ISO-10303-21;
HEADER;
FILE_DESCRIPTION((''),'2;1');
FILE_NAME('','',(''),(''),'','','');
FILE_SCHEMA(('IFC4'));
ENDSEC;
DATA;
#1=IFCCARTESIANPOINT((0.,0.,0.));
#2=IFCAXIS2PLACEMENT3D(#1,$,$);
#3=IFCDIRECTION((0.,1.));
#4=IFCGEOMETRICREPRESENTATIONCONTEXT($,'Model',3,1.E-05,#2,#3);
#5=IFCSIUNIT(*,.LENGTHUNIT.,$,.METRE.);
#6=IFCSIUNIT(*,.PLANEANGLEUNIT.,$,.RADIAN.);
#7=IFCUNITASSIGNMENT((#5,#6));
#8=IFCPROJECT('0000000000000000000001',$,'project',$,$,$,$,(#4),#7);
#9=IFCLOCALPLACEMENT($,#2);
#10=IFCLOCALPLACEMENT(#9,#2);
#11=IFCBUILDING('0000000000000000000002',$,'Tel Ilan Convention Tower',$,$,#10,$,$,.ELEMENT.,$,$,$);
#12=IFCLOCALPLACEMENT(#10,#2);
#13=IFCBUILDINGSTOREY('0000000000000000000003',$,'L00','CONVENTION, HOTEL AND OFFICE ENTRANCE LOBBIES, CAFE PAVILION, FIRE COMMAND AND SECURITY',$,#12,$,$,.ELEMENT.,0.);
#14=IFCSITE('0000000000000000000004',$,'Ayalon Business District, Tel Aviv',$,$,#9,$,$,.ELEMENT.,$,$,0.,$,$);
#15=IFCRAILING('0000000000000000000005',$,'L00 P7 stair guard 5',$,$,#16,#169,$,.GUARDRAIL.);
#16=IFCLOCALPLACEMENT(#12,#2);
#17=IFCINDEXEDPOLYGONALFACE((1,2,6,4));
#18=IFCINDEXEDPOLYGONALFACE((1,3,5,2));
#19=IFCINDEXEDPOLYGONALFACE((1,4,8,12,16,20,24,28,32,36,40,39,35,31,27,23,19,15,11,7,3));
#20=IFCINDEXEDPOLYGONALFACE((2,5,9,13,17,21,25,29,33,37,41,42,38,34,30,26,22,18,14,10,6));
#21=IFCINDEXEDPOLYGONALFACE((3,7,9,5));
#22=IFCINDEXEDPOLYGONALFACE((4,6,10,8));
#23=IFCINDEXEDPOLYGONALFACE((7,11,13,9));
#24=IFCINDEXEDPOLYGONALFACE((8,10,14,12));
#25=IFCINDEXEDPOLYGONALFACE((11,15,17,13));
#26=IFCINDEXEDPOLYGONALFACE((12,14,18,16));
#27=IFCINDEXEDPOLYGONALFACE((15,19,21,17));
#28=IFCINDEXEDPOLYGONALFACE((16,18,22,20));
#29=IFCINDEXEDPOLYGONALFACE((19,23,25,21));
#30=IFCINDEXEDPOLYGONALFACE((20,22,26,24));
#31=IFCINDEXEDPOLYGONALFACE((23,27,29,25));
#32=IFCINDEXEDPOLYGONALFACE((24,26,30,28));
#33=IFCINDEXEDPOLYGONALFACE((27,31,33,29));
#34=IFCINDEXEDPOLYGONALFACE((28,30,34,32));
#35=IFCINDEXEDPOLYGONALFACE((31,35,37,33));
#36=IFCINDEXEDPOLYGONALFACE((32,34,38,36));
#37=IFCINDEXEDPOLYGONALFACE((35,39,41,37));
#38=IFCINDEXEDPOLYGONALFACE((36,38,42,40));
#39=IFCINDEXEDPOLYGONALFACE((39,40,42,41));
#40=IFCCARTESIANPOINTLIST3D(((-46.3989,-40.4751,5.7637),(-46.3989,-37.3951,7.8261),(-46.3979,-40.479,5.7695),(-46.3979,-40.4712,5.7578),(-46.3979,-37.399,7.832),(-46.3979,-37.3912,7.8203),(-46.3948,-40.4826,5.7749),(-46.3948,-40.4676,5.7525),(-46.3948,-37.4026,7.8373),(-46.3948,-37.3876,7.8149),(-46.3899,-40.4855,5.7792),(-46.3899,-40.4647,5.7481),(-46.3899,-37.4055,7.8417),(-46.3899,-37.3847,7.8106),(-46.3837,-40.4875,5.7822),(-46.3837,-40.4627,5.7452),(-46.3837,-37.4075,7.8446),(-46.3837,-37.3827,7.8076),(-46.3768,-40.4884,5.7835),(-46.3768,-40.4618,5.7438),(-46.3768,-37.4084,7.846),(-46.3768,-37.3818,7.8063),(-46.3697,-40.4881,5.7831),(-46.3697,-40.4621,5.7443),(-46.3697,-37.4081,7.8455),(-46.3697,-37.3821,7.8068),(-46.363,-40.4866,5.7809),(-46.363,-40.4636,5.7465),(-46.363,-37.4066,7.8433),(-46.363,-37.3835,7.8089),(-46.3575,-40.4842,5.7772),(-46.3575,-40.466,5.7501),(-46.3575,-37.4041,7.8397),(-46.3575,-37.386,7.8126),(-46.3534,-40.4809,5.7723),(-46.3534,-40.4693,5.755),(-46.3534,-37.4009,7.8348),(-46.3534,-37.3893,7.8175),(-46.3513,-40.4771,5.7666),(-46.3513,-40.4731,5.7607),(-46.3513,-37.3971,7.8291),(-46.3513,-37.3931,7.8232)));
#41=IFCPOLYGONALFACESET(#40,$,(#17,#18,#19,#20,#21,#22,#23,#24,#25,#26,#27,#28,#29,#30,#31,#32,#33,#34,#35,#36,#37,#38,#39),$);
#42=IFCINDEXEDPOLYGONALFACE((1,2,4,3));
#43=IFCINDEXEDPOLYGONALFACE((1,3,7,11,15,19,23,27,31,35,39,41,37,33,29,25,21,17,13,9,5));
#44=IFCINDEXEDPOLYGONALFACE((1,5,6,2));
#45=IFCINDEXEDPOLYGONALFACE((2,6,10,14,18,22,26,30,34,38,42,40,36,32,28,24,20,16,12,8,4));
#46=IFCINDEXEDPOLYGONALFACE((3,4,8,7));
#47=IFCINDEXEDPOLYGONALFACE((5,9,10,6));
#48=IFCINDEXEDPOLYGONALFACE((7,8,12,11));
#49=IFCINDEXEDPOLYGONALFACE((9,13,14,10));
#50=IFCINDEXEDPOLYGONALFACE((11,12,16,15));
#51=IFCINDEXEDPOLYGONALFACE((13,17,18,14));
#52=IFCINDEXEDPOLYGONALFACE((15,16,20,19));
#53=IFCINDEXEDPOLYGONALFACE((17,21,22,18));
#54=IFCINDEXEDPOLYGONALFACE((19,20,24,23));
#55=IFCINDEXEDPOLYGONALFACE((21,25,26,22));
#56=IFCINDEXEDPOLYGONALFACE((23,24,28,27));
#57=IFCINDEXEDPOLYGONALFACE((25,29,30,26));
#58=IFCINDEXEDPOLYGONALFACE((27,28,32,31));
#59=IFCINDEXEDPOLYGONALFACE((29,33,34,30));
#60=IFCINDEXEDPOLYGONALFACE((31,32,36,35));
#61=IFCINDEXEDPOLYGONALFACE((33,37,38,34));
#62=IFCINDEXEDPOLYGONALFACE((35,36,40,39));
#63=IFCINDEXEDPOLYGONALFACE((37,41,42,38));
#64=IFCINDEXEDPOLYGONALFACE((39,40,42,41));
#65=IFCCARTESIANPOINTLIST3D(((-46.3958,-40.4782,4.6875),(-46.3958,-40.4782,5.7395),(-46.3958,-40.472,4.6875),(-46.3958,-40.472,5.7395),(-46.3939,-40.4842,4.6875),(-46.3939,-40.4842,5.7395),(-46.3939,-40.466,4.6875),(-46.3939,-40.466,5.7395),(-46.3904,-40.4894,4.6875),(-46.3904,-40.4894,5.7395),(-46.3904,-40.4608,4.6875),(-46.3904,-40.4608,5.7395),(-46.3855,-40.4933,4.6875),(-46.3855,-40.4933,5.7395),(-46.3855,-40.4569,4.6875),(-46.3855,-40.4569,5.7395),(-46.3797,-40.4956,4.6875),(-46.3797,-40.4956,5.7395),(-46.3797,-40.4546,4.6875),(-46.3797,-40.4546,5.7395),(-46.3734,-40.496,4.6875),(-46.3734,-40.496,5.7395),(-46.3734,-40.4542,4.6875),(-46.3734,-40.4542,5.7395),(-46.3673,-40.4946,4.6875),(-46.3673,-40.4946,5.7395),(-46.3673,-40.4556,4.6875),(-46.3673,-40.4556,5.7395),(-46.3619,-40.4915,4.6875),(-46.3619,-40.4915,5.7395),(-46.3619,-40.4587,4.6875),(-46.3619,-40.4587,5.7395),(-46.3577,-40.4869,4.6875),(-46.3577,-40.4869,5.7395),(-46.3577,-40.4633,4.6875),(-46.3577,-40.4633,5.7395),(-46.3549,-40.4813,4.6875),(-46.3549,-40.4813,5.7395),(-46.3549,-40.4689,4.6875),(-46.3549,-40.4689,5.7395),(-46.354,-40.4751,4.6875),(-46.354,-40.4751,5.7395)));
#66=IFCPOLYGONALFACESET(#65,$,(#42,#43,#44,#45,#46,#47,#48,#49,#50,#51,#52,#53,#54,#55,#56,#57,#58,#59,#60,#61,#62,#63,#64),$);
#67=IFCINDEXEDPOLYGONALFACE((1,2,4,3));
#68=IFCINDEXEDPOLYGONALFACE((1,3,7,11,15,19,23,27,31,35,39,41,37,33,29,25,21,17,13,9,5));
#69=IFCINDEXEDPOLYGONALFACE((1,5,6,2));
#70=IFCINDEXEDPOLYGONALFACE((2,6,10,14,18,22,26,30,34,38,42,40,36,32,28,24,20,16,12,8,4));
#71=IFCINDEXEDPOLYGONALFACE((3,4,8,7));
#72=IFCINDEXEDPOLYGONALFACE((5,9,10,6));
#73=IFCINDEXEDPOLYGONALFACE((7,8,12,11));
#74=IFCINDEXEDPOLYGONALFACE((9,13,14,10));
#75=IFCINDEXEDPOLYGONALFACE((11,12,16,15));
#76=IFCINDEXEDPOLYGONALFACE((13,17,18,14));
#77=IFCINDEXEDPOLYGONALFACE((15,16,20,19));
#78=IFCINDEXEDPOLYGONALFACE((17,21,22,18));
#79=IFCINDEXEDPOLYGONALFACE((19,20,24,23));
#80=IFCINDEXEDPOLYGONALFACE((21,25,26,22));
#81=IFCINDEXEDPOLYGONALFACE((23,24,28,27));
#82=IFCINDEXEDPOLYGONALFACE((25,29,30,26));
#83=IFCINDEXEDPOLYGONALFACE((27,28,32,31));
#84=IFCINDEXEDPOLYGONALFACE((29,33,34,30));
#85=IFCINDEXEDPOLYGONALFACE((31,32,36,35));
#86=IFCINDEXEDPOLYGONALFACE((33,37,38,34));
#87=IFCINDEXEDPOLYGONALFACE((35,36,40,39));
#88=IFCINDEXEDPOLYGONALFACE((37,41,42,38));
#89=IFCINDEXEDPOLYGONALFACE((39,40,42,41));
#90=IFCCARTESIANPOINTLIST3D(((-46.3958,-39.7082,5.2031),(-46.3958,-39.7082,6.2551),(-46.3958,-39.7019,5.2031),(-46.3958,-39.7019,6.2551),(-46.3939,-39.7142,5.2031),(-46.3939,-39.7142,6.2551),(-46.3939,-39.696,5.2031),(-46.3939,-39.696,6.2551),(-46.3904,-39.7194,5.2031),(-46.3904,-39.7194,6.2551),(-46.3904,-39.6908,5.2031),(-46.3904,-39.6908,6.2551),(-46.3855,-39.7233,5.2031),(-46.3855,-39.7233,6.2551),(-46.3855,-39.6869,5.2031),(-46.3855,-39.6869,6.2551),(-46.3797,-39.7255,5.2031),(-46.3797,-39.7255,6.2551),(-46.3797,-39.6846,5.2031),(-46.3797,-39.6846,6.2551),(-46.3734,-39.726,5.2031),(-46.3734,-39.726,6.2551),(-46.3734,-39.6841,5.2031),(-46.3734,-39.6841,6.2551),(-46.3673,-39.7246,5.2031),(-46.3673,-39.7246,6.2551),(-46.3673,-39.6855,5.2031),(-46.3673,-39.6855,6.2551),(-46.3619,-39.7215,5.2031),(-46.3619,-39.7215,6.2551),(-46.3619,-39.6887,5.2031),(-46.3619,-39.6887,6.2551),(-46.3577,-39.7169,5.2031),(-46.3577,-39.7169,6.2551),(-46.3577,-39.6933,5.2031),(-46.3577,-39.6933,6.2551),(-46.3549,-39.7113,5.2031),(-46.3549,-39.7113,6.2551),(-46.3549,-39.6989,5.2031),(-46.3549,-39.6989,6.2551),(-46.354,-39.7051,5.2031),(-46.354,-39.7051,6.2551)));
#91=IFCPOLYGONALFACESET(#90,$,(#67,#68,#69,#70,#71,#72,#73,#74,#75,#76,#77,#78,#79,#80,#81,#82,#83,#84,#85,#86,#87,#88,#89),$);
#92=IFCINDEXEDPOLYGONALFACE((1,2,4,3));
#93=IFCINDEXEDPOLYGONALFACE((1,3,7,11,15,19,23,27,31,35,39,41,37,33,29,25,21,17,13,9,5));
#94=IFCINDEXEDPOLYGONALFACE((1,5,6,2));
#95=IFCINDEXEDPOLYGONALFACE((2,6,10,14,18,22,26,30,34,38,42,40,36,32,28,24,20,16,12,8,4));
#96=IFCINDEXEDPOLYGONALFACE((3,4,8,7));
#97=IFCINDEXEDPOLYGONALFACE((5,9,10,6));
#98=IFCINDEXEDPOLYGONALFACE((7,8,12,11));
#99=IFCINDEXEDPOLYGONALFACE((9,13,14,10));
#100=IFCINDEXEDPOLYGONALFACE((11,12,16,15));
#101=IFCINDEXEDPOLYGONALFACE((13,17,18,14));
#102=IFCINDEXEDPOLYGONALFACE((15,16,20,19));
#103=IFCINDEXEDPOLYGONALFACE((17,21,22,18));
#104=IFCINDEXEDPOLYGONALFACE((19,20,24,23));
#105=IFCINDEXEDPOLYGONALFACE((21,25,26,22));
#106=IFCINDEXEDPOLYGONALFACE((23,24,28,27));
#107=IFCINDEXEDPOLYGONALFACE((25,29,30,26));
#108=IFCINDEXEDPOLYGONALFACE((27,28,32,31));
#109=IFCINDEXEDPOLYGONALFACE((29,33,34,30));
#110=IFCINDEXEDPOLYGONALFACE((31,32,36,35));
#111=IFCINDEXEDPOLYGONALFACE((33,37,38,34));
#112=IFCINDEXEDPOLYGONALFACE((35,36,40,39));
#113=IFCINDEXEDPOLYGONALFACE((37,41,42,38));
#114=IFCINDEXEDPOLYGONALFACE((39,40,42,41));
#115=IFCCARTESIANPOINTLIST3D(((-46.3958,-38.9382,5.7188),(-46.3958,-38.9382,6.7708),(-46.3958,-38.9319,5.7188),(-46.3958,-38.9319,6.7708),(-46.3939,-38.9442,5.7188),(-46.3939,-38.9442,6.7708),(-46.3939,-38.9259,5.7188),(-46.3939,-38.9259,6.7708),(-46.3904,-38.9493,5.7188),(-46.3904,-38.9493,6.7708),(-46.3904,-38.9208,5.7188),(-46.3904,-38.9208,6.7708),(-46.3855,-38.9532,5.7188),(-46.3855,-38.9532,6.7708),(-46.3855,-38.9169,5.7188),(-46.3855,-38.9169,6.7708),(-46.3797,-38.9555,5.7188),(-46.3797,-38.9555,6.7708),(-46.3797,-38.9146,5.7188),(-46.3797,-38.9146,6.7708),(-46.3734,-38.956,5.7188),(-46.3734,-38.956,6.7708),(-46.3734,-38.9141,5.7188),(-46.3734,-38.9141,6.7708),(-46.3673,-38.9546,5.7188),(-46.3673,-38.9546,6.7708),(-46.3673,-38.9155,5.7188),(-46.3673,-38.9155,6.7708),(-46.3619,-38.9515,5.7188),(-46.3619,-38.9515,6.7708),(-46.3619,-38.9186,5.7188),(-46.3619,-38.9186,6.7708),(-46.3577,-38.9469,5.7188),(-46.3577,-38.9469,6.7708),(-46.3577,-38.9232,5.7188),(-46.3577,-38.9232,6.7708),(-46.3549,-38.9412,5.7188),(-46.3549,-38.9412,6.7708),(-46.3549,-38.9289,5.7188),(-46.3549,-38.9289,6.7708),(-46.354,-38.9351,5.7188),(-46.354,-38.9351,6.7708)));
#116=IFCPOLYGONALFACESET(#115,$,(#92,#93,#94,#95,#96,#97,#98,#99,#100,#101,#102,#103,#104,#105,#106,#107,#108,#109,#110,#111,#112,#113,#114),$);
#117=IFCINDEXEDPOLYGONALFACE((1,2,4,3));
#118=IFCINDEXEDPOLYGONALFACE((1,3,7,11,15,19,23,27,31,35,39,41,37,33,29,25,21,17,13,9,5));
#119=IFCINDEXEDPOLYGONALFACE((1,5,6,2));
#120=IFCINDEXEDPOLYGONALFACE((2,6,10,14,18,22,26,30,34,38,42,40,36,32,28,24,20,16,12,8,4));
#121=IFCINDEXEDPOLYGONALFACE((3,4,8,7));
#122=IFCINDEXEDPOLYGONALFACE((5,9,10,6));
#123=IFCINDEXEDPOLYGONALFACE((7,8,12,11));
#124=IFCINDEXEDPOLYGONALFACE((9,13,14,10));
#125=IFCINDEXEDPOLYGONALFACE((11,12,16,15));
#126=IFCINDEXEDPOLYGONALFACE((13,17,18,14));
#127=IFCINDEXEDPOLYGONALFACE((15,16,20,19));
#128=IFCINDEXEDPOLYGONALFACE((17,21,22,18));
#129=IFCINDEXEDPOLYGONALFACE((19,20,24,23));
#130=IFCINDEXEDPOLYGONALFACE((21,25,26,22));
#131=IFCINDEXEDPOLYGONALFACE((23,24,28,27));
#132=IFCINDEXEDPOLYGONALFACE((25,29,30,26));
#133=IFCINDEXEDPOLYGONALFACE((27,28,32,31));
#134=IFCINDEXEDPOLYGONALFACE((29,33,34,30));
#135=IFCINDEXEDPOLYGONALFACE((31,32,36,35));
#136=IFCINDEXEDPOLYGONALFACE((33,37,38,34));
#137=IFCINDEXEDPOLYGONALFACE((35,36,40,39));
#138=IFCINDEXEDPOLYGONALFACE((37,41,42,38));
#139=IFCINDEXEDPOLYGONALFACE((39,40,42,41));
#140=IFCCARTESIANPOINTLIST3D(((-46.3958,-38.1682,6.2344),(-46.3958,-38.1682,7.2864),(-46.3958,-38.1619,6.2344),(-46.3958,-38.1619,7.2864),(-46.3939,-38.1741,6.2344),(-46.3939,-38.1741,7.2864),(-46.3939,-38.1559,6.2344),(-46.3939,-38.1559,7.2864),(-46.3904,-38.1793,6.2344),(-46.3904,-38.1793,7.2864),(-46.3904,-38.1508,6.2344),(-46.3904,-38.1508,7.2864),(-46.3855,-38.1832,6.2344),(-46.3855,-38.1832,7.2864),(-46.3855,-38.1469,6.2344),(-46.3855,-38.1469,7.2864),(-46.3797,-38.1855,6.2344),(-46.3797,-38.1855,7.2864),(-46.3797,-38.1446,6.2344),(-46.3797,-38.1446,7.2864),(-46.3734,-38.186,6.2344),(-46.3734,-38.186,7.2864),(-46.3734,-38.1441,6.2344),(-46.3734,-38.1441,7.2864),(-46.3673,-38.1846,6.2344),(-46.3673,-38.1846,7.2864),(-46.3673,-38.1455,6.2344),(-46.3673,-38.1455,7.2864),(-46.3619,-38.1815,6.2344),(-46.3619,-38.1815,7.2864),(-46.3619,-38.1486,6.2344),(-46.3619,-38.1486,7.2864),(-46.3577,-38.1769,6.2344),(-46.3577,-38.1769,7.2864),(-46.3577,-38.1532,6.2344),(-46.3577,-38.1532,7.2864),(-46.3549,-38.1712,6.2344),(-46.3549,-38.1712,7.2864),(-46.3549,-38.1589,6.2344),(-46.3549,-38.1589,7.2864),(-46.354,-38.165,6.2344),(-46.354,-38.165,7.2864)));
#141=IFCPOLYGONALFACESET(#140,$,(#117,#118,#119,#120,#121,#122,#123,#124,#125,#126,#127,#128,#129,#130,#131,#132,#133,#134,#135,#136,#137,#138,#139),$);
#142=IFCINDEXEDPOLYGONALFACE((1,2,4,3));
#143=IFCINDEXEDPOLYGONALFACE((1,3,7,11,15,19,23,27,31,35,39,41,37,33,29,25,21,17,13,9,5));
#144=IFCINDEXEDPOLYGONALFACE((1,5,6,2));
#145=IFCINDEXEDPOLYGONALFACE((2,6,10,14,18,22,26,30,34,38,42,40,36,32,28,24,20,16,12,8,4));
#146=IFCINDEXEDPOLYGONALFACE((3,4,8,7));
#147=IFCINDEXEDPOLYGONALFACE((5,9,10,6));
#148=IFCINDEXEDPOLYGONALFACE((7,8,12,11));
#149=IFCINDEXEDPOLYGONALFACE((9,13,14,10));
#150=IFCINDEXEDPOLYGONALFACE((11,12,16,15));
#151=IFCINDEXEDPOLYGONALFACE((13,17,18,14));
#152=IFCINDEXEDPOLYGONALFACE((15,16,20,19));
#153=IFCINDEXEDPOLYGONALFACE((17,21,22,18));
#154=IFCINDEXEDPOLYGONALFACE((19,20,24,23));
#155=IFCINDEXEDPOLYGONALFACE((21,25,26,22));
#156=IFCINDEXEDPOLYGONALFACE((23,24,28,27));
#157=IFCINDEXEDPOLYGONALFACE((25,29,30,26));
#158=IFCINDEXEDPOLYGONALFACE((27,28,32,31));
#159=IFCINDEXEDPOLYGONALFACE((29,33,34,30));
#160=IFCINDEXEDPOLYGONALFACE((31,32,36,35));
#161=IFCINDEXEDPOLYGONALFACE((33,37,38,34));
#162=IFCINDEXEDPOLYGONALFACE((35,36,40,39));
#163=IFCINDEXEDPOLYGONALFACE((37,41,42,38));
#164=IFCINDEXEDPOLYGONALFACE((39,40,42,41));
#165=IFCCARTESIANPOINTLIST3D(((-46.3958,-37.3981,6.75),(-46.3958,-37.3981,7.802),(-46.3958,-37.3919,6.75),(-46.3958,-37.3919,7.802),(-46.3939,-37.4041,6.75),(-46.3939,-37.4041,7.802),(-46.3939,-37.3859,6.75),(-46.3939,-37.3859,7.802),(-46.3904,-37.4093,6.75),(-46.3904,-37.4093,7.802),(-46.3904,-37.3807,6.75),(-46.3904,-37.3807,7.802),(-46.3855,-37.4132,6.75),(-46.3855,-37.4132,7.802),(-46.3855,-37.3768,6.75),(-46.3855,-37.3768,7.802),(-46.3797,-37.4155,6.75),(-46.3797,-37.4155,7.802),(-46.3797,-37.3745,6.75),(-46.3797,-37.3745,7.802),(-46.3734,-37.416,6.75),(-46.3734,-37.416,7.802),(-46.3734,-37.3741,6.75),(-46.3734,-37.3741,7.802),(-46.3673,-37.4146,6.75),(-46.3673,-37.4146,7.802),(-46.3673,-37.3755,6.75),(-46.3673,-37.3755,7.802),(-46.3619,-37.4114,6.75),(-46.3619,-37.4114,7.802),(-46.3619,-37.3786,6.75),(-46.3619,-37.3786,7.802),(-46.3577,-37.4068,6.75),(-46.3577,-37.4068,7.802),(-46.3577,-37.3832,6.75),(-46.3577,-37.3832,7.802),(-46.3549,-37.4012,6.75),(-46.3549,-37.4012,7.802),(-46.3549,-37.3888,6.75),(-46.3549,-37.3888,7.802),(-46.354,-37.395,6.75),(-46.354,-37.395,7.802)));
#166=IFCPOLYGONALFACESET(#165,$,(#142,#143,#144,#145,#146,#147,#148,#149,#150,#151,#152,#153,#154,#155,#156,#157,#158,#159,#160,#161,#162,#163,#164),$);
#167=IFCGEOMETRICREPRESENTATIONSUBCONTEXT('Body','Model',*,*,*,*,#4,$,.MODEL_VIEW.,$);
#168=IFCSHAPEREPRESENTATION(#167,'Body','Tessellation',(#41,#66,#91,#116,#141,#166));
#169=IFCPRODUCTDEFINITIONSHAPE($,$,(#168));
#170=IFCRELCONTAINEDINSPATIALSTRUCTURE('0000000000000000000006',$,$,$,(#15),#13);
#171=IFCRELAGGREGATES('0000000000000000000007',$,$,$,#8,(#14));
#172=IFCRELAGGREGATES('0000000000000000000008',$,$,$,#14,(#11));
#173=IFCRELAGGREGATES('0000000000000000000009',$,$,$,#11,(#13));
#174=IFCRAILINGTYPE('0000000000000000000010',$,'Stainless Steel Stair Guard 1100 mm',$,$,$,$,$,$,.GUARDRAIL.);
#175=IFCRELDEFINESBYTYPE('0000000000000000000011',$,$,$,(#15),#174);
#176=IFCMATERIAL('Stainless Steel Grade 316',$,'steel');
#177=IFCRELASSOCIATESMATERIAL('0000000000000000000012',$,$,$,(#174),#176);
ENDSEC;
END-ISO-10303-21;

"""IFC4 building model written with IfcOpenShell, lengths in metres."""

from ifc_helpers import new_model, si_unit, direction, frame, origin, origin_2d, place, context, subcontext, project, spatial, circle, extrude, material, type_object, element, save


model = new_model("IFC4")

# Units and contexts
model_context = context("Model", 3, precision=1e-05, world=origin(), true_north=direction((0.0, 1.0)))
body_context = subcontext(model_context, "Body", "Model", "MODEL_VIEW")
ifc_project = project(units=[si_unit("LENGTHUNIT", "METRE"), si_unit("PLANEANGLEUNIT", "RADIAN")], contexts=[model_context])

# Site, building, storey
site_placement = place(None, origin())
site = spatial("IfcSite", under=ifc_project, at=site_placement, Name="Ayalon Business District, Tel Aviv", CompositionType="ELEMENT", RefElevation=0.0)
building_placement = place(site_placement, origin())
building = spatial("IfcBuilding", under=site, at=building_placement, Name="Tel Ilan Convention Tower", CompositionType="ELEMENT")
storey_placement = place(building_placement, origin())
storey = spatial("IfcBuildingStorey", under=building, at=storey_placement, Name="L00", Description="CONVENTION, HOTEL AND OFFICE ENTRANCE LOBBIES, CAFE PAVILION, FIRE COMMAND AND SECURITY", CompositionType="ELEMENT", Elevation=0.0)

# Railing
ifc_material_1 = material(Name="Stainless Steel Grade 316", Category="steel")
railing_type_1 = type_object("IfcRailingType", Name="Stainless Steel Stair Guard 1100 mm", PredefinedType="GUARDRAIL", material=ifc_material_1)
railing_1_placement = place(storey_placement, frame((-46.375, -40.4751, 4.6875)))
element("IfcRailing", 1, at=railing_1_placement, inside=storey, type_object=railing_type_1, Name="L00 P7 stair guard 5", PredefinedType="GUARDRAIL", context=body_context, shape_type="SweptSolid", body=[
    extrude(circle(Radius=0.0239, at=origin_2d()), frame((0.0, 0.0, 1.0762), z_axis=(0.0, 0.830914, 0.556401), x_axis=(-1.0, 0.0, 0.0)), (0.0, 0.0, 1.0), 3.7068),
    extrude(circle(Radius=0.021, at=origin_2d()), origin(), (0.0, 0.0, 1.0), 1.052),
    extrude(circle(Radius=0.021, at=origin_2d()), frame((0.0, 0.77, 0.5156)), (0.0, 0.0, 1.0), 1.052),
    extrude(circle(Radius=0.021, at=origin_2d()), frame((0.0, 1.54, 1.0312)), (0.0, 0.0, 1.0), 1.052),
    extrude(circle(Radius=0.021, at=origin_2d()), frame((0.0, 2.3101, 1.5469)), (0.0, 0.0, 1.0), 1.052),
    extrude(circle(Radius=0.021, at=origin_2d()), frame((0.0, 3.0801, 2.0625)), (0.0, 0.0, 1.0), 1.052),
])

save(model, "model.ifc")
